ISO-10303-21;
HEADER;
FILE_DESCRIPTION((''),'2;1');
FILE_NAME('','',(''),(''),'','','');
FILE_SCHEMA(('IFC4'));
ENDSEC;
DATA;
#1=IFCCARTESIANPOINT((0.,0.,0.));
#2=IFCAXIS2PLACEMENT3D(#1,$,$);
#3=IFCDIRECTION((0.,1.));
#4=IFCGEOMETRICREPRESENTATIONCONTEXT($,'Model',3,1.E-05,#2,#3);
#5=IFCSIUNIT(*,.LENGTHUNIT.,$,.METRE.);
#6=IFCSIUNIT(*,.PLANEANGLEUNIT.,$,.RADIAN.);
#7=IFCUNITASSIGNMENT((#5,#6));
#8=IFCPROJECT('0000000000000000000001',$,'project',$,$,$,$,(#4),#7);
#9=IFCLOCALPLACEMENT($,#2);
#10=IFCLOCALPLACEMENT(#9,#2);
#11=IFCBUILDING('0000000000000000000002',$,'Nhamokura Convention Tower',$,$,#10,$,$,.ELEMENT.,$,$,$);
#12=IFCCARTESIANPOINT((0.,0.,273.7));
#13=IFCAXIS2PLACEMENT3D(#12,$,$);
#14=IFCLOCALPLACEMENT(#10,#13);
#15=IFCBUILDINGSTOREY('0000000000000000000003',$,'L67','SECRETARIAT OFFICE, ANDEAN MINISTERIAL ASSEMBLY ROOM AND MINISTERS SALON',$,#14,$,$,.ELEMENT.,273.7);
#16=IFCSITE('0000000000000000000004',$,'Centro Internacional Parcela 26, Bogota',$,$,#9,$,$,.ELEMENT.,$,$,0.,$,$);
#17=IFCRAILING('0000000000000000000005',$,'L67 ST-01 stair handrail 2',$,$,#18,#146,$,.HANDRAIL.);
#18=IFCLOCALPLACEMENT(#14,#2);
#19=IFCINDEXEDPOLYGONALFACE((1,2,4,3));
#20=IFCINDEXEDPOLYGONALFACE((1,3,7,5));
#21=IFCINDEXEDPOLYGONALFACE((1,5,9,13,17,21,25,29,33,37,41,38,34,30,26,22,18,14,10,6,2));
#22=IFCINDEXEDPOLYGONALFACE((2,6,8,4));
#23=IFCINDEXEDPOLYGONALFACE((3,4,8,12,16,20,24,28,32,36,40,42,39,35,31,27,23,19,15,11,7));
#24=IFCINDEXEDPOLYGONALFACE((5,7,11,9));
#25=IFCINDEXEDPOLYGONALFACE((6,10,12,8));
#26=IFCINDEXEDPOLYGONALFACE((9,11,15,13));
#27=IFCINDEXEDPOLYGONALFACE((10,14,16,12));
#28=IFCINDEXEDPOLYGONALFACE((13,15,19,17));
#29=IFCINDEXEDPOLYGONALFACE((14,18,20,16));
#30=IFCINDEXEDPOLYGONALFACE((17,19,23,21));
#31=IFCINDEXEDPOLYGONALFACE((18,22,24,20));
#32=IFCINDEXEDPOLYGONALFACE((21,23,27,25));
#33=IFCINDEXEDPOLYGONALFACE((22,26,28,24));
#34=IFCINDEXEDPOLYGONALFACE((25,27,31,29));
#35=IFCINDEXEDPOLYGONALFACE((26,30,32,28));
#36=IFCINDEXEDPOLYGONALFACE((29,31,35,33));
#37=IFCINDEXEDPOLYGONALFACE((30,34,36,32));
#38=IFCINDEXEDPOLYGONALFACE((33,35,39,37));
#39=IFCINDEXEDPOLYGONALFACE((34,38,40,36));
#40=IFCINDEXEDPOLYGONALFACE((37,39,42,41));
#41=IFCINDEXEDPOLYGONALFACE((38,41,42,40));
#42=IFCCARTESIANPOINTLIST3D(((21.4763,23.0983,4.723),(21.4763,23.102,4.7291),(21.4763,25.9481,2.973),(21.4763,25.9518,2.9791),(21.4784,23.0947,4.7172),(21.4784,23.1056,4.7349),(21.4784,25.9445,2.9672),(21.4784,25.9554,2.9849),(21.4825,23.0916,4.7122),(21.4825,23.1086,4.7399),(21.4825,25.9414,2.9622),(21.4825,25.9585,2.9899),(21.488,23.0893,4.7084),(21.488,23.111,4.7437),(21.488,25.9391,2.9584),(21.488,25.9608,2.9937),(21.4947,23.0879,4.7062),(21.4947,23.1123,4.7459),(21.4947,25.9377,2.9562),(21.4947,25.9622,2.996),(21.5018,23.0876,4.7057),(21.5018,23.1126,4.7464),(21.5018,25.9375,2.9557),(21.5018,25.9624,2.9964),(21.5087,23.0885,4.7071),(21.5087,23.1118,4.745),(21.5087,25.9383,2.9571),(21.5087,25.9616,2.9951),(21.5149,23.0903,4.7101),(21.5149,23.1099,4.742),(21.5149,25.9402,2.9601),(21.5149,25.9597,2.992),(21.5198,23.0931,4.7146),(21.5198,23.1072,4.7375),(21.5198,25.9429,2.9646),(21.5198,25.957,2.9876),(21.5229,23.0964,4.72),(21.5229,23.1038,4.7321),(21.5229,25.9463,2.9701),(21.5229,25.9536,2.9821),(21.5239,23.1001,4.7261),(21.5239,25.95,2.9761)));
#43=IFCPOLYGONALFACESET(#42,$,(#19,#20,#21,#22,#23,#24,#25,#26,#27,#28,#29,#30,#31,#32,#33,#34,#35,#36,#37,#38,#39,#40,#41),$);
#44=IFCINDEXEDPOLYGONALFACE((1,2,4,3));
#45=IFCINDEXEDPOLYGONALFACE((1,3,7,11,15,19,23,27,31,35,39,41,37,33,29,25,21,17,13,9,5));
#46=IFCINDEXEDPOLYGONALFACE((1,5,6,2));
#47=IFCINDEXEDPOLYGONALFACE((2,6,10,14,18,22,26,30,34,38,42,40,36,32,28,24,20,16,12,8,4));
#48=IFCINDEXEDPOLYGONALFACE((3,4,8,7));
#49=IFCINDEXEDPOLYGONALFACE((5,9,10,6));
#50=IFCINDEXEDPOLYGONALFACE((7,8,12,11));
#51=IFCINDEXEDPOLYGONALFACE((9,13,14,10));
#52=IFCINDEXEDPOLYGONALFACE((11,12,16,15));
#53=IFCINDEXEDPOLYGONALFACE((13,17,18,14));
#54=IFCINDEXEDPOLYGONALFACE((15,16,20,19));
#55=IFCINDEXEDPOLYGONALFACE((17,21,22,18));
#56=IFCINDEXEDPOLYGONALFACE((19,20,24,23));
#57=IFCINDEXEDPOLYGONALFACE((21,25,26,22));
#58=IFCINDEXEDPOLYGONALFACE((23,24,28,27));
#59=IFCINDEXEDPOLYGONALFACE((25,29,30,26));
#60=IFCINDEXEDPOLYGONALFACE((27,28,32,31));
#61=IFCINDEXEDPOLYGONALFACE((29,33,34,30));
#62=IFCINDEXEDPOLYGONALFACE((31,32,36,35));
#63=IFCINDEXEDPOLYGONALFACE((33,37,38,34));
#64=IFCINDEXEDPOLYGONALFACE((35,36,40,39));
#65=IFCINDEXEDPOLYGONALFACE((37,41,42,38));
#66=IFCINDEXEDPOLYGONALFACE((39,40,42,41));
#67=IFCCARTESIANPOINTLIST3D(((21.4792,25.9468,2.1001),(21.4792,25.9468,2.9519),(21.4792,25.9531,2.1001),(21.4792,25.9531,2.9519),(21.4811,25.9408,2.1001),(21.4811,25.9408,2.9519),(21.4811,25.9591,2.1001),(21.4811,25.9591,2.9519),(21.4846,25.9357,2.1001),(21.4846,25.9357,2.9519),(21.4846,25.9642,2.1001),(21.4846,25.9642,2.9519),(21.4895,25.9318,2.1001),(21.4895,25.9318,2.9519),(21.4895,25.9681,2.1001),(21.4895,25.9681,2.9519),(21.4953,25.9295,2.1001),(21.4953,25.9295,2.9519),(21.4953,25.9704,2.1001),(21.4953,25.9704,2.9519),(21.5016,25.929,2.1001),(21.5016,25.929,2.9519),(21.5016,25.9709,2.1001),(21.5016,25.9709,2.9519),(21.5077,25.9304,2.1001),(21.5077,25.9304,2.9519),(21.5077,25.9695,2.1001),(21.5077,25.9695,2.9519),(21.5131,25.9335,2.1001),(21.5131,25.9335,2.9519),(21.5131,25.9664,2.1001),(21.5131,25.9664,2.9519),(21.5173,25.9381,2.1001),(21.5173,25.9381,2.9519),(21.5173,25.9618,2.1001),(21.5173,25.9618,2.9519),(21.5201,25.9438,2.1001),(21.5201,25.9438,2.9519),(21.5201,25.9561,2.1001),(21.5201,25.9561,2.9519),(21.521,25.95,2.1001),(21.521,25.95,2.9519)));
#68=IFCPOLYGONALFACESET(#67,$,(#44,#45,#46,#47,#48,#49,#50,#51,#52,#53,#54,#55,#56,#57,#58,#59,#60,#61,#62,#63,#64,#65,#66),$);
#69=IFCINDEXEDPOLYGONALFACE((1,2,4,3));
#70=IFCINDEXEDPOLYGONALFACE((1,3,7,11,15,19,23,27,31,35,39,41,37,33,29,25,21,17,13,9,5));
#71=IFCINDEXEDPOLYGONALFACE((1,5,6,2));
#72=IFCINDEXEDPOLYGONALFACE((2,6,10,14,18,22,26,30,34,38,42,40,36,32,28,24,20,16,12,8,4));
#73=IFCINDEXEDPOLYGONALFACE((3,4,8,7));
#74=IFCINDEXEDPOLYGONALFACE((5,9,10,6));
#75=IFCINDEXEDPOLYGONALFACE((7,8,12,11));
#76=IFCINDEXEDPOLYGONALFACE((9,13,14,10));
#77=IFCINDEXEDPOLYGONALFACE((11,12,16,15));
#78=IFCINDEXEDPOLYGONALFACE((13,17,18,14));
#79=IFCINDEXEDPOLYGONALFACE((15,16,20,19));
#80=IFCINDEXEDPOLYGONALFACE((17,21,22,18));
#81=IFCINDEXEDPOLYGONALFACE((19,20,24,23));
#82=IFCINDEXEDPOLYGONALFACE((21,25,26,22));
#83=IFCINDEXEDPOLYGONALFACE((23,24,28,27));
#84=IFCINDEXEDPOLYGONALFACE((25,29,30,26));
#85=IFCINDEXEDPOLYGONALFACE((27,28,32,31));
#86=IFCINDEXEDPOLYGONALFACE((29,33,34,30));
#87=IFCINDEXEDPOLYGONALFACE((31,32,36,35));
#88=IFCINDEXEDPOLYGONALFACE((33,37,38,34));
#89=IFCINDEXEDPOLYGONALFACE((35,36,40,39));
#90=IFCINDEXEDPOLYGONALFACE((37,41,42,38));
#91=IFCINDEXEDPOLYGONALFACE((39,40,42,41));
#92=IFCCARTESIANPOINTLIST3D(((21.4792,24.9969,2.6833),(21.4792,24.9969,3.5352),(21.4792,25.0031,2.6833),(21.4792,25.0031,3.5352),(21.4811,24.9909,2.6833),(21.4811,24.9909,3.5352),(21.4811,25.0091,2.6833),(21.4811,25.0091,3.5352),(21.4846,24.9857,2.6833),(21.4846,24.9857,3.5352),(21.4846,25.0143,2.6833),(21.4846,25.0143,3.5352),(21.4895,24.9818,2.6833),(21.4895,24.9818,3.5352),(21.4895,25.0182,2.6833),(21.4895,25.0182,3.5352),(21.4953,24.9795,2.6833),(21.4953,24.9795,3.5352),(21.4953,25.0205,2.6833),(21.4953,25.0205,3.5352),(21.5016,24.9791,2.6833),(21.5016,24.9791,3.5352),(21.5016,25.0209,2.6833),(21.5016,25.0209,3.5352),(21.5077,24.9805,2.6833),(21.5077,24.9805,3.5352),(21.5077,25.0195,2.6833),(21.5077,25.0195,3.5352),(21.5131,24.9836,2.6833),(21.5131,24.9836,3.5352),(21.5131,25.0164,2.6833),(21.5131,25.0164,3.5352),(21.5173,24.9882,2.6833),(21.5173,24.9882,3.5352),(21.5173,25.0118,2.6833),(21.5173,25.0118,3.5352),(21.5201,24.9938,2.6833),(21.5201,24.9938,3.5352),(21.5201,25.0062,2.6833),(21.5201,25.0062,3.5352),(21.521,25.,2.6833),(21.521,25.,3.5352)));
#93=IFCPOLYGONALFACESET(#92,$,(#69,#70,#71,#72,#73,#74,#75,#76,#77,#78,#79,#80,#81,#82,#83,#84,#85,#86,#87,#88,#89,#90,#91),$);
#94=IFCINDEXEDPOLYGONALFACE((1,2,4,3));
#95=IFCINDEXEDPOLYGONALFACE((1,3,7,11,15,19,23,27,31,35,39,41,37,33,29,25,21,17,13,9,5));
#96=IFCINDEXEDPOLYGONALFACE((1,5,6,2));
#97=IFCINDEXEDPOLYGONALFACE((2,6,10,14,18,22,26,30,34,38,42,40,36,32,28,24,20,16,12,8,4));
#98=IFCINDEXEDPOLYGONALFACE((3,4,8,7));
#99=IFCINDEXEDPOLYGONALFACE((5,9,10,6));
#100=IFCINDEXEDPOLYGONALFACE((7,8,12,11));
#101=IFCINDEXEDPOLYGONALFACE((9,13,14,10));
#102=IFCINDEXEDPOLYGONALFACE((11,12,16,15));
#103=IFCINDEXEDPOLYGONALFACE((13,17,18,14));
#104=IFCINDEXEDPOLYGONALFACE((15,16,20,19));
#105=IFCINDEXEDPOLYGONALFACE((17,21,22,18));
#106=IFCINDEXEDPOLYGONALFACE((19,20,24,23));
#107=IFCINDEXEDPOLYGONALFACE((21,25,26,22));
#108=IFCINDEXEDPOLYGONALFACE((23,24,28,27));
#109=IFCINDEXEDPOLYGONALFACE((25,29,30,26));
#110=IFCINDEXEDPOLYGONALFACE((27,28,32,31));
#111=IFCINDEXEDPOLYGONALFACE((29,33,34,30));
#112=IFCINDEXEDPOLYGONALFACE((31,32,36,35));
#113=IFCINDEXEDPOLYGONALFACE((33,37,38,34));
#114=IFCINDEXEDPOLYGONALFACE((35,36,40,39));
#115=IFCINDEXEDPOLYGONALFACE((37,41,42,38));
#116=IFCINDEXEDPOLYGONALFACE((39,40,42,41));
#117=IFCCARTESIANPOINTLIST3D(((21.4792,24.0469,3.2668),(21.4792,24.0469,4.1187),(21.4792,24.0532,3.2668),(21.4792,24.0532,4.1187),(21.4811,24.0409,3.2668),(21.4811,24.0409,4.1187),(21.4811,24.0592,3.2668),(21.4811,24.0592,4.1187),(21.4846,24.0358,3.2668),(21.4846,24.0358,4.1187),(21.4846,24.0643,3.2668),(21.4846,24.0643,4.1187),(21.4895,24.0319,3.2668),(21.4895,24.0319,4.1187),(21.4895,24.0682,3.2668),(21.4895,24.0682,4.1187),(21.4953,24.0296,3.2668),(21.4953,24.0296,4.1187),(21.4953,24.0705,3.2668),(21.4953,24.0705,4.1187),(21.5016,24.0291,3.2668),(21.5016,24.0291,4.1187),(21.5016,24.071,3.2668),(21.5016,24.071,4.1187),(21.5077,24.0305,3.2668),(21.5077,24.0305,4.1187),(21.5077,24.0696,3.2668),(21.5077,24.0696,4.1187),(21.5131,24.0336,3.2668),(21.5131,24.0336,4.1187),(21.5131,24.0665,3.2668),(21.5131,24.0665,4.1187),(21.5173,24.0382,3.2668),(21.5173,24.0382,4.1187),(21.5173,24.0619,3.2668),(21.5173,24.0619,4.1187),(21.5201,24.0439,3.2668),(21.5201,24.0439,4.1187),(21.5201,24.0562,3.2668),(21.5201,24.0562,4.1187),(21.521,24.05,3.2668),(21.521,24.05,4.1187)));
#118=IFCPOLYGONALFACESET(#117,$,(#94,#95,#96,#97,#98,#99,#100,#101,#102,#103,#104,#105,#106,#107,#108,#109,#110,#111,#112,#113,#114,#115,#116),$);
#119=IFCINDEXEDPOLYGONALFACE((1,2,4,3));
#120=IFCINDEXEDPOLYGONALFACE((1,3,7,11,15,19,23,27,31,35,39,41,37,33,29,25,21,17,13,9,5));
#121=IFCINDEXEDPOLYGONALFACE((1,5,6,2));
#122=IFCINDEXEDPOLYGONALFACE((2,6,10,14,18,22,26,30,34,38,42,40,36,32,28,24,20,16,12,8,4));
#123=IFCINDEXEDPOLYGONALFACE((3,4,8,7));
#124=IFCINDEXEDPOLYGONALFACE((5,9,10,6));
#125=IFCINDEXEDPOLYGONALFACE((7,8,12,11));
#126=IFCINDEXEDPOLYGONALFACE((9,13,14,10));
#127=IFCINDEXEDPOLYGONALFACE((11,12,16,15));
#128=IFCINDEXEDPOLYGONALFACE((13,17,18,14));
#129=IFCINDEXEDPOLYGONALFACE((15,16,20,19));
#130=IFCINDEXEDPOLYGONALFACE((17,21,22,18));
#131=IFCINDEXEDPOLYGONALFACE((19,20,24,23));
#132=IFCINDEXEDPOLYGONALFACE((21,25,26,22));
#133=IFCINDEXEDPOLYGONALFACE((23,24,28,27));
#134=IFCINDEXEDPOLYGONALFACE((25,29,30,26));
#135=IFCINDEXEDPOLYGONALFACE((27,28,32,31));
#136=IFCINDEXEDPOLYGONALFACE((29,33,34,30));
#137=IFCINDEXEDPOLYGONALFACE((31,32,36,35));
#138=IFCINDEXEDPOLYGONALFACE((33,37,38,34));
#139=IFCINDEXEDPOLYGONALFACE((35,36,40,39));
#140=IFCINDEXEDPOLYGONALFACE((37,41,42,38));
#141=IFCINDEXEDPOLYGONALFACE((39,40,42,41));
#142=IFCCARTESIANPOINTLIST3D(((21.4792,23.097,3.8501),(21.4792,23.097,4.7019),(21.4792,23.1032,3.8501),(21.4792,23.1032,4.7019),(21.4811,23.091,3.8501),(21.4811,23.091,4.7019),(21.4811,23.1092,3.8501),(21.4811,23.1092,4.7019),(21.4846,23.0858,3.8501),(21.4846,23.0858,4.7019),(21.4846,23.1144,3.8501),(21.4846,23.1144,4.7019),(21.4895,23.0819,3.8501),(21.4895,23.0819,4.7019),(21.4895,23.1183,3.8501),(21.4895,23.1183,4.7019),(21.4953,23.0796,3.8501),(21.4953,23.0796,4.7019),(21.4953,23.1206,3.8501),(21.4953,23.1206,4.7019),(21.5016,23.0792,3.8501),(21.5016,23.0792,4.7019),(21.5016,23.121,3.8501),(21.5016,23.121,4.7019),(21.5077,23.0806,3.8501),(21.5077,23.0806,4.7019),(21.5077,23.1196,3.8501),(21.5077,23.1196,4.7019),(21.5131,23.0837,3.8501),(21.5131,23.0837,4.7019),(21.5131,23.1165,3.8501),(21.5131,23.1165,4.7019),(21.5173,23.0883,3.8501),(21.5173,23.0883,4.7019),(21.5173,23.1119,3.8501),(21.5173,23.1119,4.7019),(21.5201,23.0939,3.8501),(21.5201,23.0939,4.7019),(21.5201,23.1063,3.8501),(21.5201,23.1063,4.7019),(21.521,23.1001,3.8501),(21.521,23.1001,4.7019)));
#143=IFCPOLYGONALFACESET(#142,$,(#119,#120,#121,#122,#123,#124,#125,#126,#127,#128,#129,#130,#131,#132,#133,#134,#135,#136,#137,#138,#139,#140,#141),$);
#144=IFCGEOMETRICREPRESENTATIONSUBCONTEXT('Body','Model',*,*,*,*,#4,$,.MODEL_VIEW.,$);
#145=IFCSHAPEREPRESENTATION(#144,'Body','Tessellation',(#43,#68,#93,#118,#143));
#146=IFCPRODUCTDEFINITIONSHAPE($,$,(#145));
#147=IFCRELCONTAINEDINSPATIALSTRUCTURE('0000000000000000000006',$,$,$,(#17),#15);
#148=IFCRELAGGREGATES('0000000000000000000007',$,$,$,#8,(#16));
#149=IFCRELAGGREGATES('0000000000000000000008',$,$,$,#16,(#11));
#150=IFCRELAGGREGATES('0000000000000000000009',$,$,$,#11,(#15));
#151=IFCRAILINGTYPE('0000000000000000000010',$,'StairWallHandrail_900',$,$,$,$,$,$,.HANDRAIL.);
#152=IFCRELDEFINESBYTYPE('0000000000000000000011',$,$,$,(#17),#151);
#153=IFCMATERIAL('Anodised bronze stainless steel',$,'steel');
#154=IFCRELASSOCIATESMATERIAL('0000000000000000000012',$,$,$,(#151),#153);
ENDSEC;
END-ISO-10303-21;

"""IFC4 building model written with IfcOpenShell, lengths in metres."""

from ifc_helpers import new_model, si_unit, direction, frame, origin, origin_2d, place, context, subcontext, project, spatial, circle, extrude, material, type_object, element, save


model = new_model("IFC4")

# Units and contexts
model_context = context("Model", 3, precision=1e-05, world=origin(), true_north=direction((0.0, 1.0)))
body_context = subcontext(model_context, "Body", "Model", "MODEL_VIEW")
ifc_project = project(units=[si_unit("LENGTHUNIT", "METRE"), si_unit("PLANEANGLEUNIT", "RADIAN")], contexts=[model_context])

# Site, building, storey
site_placement = place(None, origin())
site = spatial("IfcSite", under=ifc_project, at=site_placement, Name="Centro Internacional Parcela 26, Bogota", CompositionType="ELEMENT", RefElevation=0.0)
building_placement = place(site_placement, origin())
building = spatial("IfcBuilding", under=site, at=building_placement, Name="Nhamokura Convention Tower", CompositionType="ELEMENT")
storey_placement = place(building_placement, frame((0.0, 0.0, 273.7)))
storey = spatial("IfcBuildingStorey", under=building, at=storey_placement, Name="L67", Description="SECRETARIAT OFFICE, ANDEAN MINISTERIAL ASSEMBLY ROOM AND MINISTERS SALON", CompositionType="ELEMENT", Elevation=273.7)

# Railing
ifc_material_1 = material(Name="Anodised bronze stainless steel", Category="steel")
railing_type_1 = type_object("IfcRailingType", Name="StairWallHandrail_900", PredefinedType="HANDRAIL", material=ifc_material_1)
railing_1_placement = place(storey_placement, frame((21.5, 25.95, 2.1001)))
element("IfcRailing", 1, at=railing_1_placement, inside=storey, type_object=railing_type_1, Name="L67 ST-01 stair handrail 2", PredefinedType="HANDRAIL", context=body_context, shape_type="SweptSolid", body=[
    extrude(circle(Radius=0.0239, at=origin_2d()), frame((0.0, 0.0, 0.876), z_axis=(0.0, -0.852159, 0.523283), x_axis=(1.0, 0.0, 0.0)), (0.0, 0.0, 1.0), 3.3442),
    extrude(circle(Radius=0.021, at=origin_2d()), origin(), (0.0, 0.0, 1.0), 0.8518),
    extrude(circle(Radius=0.021, at=origin_2d()), frame((0.0, -0.95, 0.5833)), (0.0, 0.0, 1.0), 0.8518),
    extrude(circle(Radius=0.021, at=origin_2d()), frame((0.0, -1.8999, 1.1667)), (0.0, 0.0, 1.0), 0.8518),
    extrude(circle(Radius=0.021, at=origin_2d()), frame((0.0, -2.8499, 1.75)), (0.0, 0.0, 1.0), 0.8518),
])

save(model, "model.ifc")
